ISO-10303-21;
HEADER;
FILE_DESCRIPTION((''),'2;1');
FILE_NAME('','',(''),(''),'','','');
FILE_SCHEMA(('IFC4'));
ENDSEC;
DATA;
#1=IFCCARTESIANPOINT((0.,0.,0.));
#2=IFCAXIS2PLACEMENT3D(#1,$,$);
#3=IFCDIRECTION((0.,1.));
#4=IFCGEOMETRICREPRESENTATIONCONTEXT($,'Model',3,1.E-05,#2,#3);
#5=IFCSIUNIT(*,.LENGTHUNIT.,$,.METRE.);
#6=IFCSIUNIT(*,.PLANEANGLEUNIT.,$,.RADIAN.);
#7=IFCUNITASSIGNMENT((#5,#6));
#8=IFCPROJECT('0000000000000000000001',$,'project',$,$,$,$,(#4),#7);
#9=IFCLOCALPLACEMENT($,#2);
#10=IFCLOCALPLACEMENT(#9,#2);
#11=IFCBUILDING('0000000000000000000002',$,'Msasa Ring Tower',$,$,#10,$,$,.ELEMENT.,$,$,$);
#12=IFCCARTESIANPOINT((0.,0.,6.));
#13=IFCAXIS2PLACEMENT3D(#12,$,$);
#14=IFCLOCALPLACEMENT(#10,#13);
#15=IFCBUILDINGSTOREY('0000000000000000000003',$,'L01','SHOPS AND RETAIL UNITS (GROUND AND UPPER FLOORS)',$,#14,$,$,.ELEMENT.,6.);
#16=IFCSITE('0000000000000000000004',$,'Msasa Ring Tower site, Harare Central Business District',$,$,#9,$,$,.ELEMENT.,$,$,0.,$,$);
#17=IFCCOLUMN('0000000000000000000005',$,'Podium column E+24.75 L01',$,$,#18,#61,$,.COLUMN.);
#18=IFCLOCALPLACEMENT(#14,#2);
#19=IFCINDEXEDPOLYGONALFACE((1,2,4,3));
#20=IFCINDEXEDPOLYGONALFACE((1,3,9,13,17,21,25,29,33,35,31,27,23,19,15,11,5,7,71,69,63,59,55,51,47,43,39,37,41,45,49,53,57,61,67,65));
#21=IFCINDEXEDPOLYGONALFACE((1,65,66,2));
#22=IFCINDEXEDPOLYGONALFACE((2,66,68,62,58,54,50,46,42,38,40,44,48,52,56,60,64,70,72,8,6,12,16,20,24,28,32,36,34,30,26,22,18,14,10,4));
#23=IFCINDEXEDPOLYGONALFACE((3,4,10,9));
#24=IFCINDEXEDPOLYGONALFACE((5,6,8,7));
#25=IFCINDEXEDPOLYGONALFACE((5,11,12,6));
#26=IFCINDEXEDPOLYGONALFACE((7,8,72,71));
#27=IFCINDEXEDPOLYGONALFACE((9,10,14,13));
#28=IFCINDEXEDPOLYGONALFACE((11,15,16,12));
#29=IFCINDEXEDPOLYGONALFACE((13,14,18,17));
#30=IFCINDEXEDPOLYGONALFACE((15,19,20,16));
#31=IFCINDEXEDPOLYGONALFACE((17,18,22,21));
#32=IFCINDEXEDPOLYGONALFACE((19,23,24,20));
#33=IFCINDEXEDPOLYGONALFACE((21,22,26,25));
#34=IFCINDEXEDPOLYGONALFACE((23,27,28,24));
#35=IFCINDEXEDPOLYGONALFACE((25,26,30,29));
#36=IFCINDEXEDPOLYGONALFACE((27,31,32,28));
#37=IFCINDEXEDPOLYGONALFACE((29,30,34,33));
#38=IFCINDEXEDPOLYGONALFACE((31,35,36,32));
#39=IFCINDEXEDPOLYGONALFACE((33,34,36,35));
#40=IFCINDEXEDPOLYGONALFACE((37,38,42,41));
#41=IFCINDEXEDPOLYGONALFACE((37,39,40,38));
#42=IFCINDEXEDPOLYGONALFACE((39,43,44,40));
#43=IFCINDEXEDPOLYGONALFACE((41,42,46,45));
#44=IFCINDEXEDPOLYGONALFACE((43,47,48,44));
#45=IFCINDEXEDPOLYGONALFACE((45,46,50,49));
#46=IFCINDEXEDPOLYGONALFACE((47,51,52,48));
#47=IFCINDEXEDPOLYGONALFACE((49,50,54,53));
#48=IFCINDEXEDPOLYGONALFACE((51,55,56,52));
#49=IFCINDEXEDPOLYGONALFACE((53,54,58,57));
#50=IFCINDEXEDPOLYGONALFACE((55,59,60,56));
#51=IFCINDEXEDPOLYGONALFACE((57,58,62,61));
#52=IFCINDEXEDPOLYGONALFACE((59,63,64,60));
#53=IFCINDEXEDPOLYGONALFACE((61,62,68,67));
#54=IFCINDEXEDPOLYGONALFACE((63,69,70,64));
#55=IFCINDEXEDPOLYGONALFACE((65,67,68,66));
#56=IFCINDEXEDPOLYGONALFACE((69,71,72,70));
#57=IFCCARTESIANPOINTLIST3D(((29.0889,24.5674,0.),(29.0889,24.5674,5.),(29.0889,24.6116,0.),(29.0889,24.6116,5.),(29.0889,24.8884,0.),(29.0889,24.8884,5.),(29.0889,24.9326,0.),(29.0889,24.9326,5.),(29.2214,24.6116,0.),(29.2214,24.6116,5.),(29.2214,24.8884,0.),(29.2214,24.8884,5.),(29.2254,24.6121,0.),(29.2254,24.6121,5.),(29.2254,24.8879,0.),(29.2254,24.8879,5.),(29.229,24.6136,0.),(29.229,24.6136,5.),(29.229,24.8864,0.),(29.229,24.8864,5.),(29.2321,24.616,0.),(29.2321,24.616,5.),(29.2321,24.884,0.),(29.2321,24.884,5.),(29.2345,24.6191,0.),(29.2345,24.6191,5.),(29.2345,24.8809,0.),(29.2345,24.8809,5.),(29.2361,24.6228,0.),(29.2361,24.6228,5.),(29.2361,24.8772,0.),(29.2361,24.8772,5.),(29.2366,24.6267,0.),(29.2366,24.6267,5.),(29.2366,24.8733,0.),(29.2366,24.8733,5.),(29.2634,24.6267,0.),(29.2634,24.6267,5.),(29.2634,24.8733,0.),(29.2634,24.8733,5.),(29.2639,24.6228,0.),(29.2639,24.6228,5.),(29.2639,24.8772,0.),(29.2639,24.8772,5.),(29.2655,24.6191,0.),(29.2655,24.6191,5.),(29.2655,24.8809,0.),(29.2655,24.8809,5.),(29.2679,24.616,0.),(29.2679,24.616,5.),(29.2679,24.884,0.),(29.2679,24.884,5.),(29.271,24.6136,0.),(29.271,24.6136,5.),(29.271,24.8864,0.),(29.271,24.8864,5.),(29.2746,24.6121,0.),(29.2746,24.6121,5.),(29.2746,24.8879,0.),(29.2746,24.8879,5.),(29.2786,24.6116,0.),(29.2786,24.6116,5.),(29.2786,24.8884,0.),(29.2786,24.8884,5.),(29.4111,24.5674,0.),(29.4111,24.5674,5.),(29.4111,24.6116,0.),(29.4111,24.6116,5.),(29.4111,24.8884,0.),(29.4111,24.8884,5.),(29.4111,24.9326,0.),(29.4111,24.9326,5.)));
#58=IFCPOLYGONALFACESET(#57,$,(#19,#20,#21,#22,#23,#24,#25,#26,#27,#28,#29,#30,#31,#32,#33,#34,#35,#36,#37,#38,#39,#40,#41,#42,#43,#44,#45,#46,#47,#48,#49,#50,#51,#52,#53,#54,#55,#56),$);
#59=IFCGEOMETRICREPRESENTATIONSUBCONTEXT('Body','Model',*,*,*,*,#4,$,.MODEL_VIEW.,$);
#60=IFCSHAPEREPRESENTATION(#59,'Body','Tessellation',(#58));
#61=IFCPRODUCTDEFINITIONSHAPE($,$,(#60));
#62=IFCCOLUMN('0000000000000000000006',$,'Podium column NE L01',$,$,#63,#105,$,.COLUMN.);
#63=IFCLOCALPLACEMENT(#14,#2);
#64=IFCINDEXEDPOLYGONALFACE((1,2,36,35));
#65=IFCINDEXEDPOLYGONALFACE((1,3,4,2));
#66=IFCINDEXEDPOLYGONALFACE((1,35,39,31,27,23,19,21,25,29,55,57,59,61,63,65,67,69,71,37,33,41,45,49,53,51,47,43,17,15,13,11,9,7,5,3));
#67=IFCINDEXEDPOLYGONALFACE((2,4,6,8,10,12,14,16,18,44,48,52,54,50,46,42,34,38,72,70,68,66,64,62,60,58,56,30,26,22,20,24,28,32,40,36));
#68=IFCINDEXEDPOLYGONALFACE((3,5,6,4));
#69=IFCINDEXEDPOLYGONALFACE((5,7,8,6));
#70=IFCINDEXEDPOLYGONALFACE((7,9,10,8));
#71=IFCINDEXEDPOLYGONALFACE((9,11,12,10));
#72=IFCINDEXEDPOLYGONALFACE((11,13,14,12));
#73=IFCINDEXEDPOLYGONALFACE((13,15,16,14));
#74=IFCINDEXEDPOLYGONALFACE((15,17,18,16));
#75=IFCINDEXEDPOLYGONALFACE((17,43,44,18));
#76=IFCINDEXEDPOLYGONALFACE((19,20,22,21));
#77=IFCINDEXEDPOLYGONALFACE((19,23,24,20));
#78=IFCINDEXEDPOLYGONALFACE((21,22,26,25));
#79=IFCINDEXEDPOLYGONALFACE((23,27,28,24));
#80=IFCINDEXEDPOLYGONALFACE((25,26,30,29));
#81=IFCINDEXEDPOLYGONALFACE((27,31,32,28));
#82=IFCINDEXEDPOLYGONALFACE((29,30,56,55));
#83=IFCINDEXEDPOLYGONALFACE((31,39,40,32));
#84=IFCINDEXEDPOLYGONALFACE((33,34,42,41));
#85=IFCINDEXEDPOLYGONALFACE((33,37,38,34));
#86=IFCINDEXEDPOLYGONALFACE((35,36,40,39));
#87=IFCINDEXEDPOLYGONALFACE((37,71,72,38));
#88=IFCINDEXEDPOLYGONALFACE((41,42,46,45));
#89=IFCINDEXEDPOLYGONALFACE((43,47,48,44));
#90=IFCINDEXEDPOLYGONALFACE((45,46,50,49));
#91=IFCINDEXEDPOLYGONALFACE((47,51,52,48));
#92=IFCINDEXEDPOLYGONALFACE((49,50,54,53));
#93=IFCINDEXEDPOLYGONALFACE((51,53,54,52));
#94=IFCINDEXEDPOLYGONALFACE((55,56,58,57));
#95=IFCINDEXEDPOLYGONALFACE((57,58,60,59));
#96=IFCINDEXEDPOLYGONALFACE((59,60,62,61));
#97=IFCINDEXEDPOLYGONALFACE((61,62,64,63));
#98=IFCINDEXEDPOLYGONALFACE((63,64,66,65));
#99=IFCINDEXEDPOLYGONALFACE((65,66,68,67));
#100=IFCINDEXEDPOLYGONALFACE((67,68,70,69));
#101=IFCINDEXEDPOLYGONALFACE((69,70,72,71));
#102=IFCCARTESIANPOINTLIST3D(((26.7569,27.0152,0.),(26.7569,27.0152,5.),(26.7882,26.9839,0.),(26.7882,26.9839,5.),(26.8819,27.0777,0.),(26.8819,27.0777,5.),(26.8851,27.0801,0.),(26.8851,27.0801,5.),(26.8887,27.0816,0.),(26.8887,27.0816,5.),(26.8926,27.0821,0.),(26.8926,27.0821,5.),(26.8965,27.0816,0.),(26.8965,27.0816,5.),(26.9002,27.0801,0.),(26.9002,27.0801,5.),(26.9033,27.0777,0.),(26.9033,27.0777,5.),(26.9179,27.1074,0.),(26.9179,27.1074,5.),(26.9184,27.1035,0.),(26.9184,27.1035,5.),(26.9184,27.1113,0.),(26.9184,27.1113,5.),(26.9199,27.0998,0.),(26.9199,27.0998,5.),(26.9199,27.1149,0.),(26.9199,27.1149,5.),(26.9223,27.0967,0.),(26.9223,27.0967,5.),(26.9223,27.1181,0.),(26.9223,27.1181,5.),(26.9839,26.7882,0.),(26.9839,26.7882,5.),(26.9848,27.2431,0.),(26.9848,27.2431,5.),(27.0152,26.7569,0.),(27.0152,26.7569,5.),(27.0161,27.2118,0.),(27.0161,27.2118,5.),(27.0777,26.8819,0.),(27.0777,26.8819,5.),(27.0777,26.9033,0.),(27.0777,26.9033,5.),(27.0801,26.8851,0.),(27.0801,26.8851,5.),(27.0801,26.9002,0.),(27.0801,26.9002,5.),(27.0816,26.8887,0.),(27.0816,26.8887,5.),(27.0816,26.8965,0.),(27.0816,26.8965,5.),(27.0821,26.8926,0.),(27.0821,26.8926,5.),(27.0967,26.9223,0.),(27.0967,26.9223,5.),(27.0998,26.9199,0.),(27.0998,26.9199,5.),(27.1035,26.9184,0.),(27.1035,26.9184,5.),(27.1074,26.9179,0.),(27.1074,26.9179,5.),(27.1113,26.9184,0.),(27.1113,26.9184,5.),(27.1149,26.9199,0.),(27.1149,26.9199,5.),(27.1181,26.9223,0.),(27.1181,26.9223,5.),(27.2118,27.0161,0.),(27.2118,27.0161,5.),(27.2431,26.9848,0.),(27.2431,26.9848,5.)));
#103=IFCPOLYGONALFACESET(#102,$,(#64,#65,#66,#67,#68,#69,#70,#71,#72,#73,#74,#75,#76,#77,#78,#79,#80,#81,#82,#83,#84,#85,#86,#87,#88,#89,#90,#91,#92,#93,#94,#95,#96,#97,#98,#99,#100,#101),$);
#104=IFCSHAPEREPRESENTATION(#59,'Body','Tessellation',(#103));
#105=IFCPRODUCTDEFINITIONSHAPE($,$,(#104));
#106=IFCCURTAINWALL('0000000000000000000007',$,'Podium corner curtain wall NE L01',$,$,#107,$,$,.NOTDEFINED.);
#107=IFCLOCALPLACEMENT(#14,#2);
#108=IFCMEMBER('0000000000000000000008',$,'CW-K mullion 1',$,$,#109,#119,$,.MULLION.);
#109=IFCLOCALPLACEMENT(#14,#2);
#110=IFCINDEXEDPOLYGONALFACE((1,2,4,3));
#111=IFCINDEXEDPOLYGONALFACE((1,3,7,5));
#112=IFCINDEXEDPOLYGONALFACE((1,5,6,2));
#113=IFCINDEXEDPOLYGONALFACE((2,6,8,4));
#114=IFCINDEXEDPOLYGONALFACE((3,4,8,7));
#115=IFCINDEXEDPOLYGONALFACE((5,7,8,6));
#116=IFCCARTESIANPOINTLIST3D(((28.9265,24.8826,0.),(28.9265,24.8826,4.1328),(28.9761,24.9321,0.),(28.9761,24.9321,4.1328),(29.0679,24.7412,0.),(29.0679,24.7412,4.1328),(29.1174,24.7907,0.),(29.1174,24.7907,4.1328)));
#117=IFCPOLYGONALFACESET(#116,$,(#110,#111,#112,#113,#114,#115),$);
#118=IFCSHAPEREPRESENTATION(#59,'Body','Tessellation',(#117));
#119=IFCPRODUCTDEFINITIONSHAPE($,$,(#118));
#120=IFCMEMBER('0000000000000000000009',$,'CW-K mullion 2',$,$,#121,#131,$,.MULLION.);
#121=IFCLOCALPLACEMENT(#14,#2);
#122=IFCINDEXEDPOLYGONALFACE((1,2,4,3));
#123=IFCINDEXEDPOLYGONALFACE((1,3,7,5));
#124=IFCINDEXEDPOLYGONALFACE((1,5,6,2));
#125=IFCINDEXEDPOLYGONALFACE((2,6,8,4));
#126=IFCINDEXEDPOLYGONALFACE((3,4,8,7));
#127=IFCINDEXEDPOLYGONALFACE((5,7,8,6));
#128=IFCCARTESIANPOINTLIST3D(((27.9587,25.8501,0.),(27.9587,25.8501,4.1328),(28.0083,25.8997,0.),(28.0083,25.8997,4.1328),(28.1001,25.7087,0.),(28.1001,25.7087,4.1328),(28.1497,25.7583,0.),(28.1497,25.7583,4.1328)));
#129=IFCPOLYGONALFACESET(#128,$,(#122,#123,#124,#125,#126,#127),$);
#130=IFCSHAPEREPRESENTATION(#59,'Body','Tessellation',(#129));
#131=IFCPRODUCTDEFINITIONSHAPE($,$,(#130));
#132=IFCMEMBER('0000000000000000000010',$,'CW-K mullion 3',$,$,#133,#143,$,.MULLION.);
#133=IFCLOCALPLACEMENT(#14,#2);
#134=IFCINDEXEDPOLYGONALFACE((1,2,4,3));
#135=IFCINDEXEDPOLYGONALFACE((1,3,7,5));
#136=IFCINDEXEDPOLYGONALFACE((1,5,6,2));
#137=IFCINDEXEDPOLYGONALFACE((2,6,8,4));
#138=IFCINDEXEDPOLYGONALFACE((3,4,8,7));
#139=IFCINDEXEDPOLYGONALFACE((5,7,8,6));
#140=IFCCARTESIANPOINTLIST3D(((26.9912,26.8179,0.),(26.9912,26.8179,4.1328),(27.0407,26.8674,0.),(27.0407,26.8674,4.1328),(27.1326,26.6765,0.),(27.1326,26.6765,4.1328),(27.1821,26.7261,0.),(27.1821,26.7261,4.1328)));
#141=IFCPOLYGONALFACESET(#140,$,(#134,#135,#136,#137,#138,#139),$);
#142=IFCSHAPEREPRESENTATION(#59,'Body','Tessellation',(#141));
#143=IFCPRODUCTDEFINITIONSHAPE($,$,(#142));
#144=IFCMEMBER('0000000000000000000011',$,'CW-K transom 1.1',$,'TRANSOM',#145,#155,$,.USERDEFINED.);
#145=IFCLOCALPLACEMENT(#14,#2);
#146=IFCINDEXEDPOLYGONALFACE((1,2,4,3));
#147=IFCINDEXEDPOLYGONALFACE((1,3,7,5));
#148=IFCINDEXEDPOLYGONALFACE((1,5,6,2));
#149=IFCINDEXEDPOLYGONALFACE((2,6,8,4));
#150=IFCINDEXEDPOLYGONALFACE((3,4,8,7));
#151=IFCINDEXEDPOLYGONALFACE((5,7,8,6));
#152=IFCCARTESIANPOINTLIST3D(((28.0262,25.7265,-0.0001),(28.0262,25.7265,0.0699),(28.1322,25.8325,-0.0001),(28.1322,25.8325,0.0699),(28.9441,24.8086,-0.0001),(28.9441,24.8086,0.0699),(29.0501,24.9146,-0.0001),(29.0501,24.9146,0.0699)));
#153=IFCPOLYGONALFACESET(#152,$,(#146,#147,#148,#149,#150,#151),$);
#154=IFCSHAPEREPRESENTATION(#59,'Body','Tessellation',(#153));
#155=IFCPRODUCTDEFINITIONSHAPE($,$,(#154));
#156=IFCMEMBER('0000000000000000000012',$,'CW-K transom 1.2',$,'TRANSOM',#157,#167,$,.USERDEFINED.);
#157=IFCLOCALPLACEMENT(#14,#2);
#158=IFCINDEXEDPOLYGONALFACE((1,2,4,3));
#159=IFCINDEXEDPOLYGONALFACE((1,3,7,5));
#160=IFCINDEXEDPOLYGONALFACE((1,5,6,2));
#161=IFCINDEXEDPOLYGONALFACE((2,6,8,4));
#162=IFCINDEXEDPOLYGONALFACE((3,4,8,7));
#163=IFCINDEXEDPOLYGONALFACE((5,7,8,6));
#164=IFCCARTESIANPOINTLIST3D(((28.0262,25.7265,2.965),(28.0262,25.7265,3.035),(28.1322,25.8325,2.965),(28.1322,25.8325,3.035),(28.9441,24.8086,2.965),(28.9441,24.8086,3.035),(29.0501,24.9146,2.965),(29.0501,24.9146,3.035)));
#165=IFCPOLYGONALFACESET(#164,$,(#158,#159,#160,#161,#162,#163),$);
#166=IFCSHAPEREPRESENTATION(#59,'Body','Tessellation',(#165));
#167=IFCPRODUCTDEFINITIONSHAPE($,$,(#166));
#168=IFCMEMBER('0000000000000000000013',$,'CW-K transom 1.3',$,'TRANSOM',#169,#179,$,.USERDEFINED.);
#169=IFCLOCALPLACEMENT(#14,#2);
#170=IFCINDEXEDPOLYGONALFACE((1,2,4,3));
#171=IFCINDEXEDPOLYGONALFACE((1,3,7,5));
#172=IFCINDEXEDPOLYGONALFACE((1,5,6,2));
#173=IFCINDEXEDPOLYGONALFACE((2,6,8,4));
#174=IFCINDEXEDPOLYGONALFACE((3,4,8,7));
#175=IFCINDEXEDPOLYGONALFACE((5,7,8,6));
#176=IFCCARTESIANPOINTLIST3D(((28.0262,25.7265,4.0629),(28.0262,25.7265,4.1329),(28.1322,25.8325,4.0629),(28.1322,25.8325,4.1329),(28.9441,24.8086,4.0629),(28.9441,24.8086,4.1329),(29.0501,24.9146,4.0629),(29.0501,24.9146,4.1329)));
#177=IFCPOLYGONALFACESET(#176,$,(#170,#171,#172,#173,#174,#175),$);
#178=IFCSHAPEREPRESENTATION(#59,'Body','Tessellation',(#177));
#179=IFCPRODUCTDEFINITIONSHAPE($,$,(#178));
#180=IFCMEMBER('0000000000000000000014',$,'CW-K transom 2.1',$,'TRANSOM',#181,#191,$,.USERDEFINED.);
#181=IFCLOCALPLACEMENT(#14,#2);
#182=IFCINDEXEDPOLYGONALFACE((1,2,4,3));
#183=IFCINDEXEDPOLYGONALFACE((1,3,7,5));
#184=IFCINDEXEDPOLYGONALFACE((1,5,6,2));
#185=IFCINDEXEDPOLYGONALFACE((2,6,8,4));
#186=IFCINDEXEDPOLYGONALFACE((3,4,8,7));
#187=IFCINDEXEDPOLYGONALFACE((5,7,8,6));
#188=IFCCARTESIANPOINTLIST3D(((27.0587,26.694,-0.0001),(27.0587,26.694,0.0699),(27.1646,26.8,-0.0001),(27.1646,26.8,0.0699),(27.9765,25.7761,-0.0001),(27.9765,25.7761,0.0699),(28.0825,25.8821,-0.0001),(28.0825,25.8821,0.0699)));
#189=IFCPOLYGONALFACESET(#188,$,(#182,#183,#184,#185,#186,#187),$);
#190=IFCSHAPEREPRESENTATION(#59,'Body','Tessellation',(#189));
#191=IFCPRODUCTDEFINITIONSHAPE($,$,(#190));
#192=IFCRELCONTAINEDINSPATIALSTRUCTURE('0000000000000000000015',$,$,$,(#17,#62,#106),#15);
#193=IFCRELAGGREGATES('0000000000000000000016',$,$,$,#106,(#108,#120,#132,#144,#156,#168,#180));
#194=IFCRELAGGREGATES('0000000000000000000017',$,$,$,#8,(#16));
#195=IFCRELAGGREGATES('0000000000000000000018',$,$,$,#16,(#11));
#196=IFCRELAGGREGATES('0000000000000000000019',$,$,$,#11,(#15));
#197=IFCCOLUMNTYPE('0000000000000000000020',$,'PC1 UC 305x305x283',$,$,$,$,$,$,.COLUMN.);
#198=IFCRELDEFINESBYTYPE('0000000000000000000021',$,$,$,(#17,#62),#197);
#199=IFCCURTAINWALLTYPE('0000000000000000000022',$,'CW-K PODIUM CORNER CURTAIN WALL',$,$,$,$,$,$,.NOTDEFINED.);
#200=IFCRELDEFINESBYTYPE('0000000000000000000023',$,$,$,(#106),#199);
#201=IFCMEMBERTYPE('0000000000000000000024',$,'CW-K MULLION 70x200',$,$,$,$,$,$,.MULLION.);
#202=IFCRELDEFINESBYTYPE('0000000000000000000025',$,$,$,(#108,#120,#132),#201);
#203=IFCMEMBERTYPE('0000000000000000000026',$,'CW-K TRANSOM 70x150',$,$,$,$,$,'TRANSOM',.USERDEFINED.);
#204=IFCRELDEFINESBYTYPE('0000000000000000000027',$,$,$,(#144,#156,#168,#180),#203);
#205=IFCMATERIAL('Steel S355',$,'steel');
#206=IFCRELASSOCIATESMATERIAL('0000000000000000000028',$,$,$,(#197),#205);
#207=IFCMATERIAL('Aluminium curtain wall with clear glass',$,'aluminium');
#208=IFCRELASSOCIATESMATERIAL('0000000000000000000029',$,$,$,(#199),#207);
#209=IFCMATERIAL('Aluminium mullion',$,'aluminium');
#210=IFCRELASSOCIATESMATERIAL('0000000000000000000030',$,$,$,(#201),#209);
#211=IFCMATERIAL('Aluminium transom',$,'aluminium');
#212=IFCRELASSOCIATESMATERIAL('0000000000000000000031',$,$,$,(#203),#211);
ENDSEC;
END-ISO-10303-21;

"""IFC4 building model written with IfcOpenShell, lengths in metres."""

from ifc_helpers import new_model, si_unit, direction, frame, origin, origin_2d, place, context, subcontext, project, spatial, rectangle, i_section, extrude, material, material_profile, profile_set, type_object, element, aggregate, save


model = new_model("IFC4")

# Units and contexts
model_context = context("Model", 3, precision=1e-05, world=origin(), true_north=direction((0.0, 1.0)))
body_context = subcontext(model_context, "Body", "Model", "MODEL_VIEW")
ifc_project = project(units=[si_unit("LENGTHUNIT", "METRE"), si_unit("PLANEANGLEUNIT", "RADIAN")], contexts=[model_context])

# Site, building, storey
site_placement = place(None, origin())
site = spatial("IfcSite", under=ifc_project, at=site_placement, Name="Msasa Ring Tower site, Harare Central Business District", CompositionType="ELEMENT", RefElevation=0.0)
building_placement = place(site_placement, origin())
building = spatial("IfcBuilding", under=site, at=building_placement, Name="Msasa Ring Tower", CompositionType="ELEMENT")
storey_placement = place(building_placement, frame((0.0, 0.0, 6.0)))
storey = spatial("IfcBuildingStorey", under=building, at=storey_placement, Name="L01", Description="SHOPS AND RETAIL UNITS (GROUND AND UPPER FLOORS)", CompositionType="ELEMENT", Elevation=6.0)

# Columns
ifc_material_1 = material(Name="Steel S355", Category="steel")
ifc_material_profile_1 = material_profile(ifc_material_1, i_section(OverallWidth=0.3223, OverallDepth=0.3652, WebThickness=0.0269, FlangeThickness=0.0442, FilletRadius=0.0151, at=origin_2d()), Name="UC 305x305x283")
ifc_profile_set_1 = profile_set([ifc_material_profile_1], Name="Steel S355")
column_type = type_object("IfcColumnType", Name="PC1 UC 305x305x283", PredefinedType="COLUMN", material=ifc_profile_set_1)
for number, where, z_axis, x_axis, name in (
    (1, (29.25, 24.75, 0.0), (0.0, 0.0, 1.0), (1.0, 0.0, 0.0), "Podium column E+24.75 L01"),
    (2, (27.0, 27.0, 0.0), (0.0, 0.0, 1.0), (0.707107, 0.707107, 0.0), "Podium column NE L01"),
):
    element("IfcColumn", number, at=place(storey_placement, frame(where, z_axis=z_axis, x_axis=x_axis)), inside=storey, type_object=column_type, Name=name, PredefinedType="COLUMN", context=body_context, shape_type="SweptSolid", body=[
        extrude(i_section(OverallWidth=0.3223, OverallDepth=0.3652, WebThickness=0.0269, FlangeThickness=0.0442, FilletRadius=0.0151, at=origin_2d()), origin(), (0.0, 0.0, 1.0), 5.0),
    ])

# Curtain wall, members
ifc_material_2 = material(Name="Aluminium curtain wall with clear glass", Category="aluminium")
curtain_wall_type = type_object("IfcCurtainWallType", Name="CW-K PODIUM CORNER CURTAIN WALL", PredefinedType="NOTDEFINED", material=ifc_material_2)
curtain_wall_placement = place(storey_placement, origin())
curtain_wall = element("IfcCurtainWall", 3, at=curtain_wall_placement, inside=storey, type_object=curtain_wall_type, Name="Podium corner curtain wall NE L01", PredefinedType="NOTDEFINED")
ifc_material_3 = material(Name="Aluminium mullion", Category="aluminium")
ifc_material_profile_2 = material_profile(ifc_material_3, rectangle(XDim=0.0701, YDim=0.2, at=origin_2d()), Name="AL 70x200")
ifc_profile_set_2 = profile_set([ifc_material_profile_2], Name="Aluminium mullion")
member_type_1 = type_object("IfcMemberType", Name="CW-K MULLION 70x200", PredefinedType="MULLION", material=ifc_profile_set_2)
member_1_placement = place(storey_placement, frame((29.022, 24.8367, 0.0), z_axis=(0.0, 0.0, 1.0), x_axis=(-0.707107, -0.707107, 0.0)))
member_1 = element("IfcMember", 4, at=member_1_placement, type_object=member_type_1, Name="CW-K mullion 1", PredefinedType="MULLION", context=body_context, shape_type="SweptSolid", body=[
    extrude(rectangle(XDim=0.0701, YDim=0.2, at=origin_2d()), origin(), (0.0, 0.0, 1.0), 4.1328),
])
member_2_placement = place(storey_placement, frame((28.0542, 25.8042, 0.0), z_axis=(0.0, 0.0, 1.0), x_axis=(-0.707107, -0.707107, 0.0)))
member_2 = element("IfcMember", 5, at=member_2_placement, type_object=member_type_1, Name="CW-K mullion 2", PredefinedType="MULLION", context=body_context, shape_type="SweptSolid", body=[
    extrude(rectangle(XDim=0.0701, YDim=0.2, at=origin_2d()), origin(), (0.0, 0.0, 1.0), 4.1328),
])
member_3_placement = place(storey_placement, frame((27.0867, 26.772, 0.0), z_axis=(0.0, 0.0, 1.0), x_axis=(-0.707107, -0.707107, 0.0)))
member_3 = element("IfcMember", 6, at=member_3_placement, type_object=member_type_1, Name="CW-K mullion 3", PredefinedType="MULLION", context=body_context, shape_type="SweptSolid", body=[
    extrude(rectangle(XDim=0.0701, YDim=0.2, at=origin_2d()), origin(), (0.0, 0.0, 1.0), 4.1328),
])
ifc_material_4 = material(Name="Aluminium transom", Category="aluminium")
ifc_material_profile_3 = material_profile(ifc_material_4, rectangle(XDim=0.1499, YDim=0.0701, at=origin_2d()), Name="AL 70x150")
ifc_profile_set_3 = profile_set([ifc_material_profile_3], Name="Aluminium transom")
member_type_2 = type_object("IfcMemberType", Name="CW-K TRANSOM 70x150", ElementType="TRANSOM", PredefinedType="USERDEFINED", material=ifc_profile_set_3)
member_4_placement = place(storey_placement, frame((28.9971, 24.8616, 0.0349), z_axis=(-0.707107, 0.707107, 0.0), x_axis=(-0.707107, -0.707107, 0.0)))
member_4 = element("IfcMember", 7, at=member_4_placement, type_object=member_type_2, Name="CW-K transom 1.1", ObjectType="TRANSOM", PredefinedType="USERDEFINED", context=body_context, shape_type="SweptSolid", body=[
    extrude(rectangle(XDim=0.1499, YDim=0.0701, at=origin_2d()), origin(), (0.0, 0.0, 1.0), 1.2981),
])
member_5_placement = place(storey_placement, frame((28.9971, 24.8616, 3.0), z_axis=(-0.707107, 0.707107, 0.0), x_axis=(-0.707107, -0.707107, 0.0)))
member_5 = element("IfcMember", 8, at=member_5_placement, type_object=member_type_2, Name="CW-K transom 1.2", ObjectType="TRANSOM", PredefinedType="USERDEFINED", context=body_context, shape_type="SweptSolid", body=[
    extrude(rectangle(XDim=0.1499, YDim=0.0701, at=origin_2d()), origin(), (0.0, 0.0, 1.0), 1.2981),
])
member_6_placement = place(storey_placement, frame((28.9971, 24.8616, 4.0979), z_axis=(-0.707107, 0.707107, 0.0), x_axis=(-0.707107, -0.707107, 0.0)))
member_6 = element("IfcMember", 9, at=member_6_placement, type_object=member_type_2, Name="CW-K transom 1.3", ObjectType="TRANSOM", PredefinedType="USERDEFINED", context=body_context, shape_type="SweptSolid", body=[
    extrude(rectangle(XDim=0.1499, YDim=0.0701, at=origin_2d()), origin(), (0.0, 0.0, 1.0), 1.2981),
])
member_7_placement = place(storey_placement, frame((28.0295, 25.8291, 0.0349), z_axis=(-0.707107, 0.707107, 0.0), x_axis=(-0.707107, -0.707107, 0.0)))
member_7 = element("IfcMember", 10, at=member_7_placement, type_object=member_type_2, Name="CW-K transom 2.1", ObjectType="TRANSOM", PredefinedType="USERDEFINED", context=body_context, shape_type="SweptSolid", body=[
    extrude(rectangle(XDim=0.1499, YDim=0.0701, at=origin_2d()), origin(), (0.0, 0.0, 1.0), 1.2981),
])

aggregate(curtain_wall, [member_1, member_2, member_3, member_4, member_5, member_6, member_7])

save(model, "model.ifc")
